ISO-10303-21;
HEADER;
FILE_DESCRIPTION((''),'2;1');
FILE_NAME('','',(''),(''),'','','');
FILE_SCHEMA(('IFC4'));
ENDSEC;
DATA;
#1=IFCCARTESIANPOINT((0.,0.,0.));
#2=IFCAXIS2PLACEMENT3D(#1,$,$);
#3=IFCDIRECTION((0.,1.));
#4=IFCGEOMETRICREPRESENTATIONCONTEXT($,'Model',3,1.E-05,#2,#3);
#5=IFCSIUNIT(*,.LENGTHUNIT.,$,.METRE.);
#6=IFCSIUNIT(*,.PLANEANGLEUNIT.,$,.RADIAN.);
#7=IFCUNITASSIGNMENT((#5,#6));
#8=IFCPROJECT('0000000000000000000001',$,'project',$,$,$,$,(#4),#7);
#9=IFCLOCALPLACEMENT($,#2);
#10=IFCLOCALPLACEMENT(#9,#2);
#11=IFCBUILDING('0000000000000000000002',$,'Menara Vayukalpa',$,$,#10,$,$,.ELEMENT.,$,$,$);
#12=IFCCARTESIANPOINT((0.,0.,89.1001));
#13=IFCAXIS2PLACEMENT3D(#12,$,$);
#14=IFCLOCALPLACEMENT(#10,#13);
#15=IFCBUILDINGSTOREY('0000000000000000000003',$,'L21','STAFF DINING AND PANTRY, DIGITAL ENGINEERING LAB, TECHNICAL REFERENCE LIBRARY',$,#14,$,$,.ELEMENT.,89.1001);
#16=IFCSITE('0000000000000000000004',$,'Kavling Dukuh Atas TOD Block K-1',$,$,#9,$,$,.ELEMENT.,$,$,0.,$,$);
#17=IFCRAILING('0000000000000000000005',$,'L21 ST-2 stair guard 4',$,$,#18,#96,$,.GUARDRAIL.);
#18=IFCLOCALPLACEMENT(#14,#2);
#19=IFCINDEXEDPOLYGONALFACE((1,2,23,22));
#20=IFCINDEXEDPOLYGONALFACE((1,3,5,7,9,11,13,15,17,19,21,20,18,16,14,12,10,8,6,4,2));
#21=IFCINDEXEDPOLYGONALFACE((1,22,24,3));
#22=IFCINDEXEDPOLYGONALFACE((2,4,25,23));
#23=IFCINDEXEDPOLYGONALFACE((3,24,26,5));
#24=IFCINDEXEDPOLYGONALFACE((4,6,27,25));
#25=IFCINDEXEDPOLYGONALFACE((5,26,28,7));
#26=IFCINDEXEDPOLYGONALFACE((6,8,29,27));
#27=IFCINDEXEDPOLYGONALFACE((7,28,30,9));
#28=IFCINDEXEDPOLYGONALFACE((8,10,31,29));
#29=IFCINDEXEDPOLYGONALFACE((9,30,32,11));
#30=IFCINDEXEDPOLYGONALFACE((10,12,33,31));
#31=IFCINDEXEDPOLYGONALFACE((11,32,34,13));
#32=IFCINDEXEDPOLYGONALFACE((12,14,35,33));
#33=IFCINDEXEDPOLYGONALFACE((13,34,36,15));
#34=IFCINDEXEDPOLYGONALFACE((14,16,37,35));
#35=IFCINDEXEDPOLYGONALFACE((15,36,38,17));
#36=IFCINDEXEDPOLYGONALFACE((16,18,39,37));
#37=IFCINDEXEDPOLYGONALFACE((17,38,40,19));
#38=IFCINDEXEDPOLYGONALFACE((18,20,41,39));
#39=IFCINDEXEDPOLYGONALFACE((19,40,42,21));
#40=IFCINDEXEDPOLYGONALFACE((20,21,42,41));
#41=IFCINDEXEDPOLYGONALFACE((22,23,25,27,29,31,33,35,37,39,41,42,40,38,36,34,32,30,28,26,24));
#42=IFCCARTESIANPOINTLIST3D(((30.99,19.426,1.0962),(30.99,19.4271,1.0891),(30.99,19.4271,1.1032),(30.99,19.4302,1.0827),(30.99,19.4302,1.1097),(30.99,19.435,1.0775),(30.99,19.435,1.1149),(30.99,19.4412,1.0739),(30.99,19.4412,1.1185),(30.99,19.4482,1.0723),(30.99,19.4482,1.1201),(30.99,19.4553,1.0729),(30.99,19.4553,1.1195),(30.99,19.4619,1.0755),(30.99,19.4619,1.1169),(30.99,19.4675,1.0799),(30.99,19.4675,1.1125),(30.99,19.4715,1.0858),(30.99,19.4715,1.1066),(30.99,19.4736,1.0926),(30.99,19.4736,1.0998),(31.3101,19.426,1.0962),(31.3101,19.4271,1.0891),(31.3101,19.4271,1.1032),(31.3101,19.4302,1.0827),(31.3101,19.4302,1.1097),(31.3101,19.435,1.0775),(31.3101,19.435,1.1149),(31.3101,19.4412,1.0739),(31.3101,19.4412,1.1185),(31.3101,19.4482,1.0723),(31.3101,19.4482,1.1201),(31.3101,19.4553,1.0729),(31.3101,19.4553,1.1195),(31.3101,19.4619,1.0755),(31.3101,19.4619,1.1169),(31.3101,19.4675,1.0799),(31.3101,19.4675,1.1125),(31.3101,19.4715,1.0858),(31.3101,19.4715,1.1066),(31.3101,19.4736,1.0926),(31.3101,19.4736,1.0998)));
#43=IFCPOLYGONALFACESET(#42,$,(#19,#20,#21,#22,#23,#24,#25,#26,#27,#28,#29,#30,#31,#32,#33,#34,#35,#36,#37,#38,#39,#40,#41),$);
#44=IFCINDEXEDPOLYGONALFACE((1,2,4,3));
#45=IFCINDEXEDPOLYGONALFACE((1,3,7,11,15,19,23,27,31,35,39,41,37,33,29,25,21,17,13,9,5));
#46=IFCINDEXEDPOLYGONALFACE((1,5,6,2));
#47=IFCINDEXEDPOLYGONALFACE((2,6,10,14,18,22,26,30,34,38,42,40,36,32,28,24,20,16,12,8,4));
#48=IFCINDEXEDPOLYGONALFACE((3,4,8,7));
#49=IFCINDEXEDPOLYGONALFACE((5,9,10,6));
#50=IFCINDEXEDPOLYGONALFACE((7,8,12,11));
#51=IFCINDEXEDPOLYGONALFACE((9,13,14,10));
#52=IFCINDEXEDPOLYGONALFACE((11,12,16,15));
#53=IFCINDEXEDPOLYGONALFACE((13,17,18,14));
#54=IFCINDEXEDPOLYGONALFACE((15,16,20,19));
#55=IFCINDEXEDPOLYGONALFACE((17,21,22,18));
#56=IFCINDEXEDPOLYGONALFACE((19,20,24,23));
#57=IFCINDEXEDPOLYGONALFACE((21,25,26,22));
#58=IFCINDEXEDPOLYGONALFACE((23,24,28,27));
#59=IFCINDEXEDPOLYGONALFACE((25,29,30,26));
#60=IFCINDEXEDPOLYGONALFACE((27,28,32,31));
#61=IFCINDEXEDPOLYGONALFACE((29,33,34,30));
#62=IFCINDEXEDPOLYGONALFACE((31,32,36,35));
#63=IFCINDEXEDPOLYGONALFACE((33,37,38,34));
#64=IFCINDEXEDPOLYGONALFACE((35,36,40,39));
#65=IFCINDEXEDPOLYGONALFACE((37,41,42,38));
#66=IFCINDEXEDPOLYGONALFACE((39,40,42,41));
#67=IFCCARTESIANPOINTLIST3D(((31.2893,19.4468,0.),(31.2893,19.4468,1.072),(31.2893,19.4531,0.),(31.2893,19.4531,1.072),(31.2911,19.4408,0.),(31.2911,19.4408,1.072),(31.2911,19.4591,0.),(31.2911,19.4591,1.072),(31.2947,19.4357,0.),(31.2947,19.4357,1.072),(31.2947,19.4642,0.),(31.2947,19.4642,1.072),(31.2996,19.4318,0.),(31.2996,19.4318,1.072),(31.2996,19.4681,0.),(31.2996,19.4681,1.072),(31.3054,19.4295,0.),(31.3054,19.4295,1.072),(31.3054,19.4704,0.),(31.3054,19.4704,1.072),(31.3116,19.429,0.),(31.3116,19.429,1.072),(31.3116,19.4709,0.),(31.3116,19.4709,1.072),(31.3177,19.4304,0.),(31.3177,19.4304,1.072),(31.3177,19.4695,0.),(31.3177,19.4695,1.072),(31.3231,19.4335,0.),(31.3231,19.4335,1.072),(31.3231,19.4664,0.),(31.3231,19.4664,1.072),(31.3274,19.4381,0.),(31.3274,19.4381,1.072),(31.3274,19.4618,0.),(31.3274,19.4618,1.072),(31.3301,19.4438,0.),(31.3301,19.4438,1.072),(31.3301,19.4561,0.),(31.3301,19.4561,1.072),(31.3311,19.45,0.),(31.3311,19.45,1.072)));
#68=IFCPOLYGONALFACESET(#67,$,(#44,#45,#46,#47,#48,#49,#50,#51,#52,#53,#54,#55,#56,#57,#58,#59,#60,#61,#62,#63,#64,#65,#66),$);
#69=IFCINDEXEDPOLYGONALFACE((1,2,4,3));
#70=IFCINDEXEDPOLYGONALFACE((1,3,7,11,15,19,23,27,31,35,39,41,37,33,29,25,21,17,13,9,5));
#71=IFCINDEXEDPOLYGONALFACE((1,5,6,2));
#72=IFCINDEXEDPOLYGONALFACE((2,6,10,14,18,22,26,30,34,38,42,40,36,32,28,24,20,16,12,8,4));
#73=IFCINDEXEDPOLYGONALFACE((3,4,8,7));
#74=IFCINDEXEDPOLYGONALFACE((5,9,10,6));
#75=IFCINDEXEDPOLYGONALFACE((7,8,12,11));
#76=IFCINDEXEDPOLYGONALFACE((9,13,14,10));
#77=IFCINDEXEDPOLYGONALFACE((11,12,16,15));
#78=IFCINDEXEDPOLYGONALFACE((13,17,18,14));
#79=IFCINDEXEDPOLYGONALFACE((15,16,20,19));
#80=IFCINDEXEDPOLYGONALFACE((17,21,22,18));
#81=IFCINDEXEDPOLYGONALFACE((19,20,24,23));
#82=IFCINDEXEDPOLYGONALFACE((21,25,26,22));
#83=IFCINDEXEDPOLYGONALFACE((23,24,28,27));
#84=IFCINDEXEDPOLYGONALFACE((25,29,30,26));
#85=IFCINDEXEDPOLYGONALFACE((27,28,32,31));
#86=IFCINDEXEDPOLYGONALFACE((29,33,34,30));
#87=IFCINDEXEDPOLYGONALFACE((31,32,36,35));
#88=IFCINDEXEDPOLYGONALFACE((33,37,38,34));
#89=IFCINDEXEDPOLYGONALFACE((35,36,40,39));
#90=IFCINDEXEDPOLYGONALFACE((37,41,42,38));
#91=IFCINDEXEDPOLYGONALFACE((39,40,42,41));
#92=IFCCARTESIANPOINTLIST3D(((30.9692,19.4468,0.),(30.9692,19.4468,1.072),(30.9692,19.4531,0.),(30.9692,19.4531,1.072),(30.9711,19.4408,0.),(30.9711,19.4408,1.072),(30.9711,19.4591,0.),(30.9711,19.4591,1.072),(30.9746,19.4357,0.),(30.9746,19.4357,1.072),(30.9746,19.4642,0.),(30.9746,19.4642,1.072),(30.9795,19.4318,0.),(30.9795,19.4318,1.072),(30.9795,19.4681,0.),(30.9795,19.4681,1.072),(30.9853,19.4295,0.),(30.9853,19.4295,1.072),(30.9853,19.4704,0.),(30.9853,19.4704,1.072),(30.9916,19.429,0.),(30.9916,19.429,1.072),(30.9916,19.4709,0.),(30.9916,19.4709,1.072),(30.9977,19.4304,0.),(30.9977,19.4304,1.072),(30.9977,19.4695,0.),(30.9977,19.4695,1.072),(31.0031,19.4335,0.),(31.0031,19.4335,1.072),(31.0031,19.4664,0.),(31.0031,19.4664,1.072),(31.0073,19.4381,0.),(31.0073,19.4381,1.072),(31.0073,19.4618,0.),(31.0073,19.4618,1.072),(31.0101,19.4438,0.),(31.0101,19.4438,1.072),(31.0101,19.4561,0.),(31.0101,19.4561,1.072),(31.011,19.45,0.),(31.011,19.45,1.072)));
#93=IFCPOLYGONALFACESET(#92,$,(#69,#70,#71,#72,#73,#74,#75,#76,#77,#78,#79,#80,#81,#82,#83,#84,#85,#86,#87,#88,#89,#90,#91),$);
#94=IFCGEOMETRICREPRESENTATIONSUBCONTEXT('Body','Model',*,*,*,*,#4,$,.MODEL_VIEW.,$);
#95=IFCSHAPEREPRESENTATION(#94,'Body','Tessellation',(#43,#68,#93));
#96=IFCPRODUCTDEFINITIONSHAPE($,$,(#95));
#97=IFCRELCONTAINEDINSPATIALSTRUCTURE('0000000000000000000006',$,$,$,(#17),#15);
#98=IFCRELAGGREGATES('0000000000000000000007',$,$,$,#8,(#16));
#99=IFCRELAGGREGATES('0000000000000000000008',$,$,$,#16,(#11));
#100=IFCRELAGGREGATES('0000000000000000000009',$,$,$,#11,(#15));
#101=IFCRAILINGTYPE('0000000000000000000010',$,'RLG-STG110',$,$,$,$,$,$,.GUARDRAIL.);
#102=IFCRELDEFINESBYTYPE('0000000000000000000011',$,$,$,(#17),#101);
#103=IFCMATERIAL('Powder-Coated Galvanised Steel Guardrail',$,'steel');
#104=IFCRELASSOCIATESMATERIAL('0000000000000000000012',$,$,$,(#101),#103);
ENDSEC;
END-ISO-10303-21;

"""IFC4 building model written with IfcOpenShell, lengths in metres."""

from ifc_helpers import new_model, si_unit, direction, frame, origin, origin_2d, place, context, subcontext, project, spatial, circle, extrude, material, type_object, element, save


model = new_model("IFC4")

# Units and contexts
model_context = context("Model", 3, precision=1e-05, world=origin(), true_north=direction((0.0, 1.0)))
body_context = subcontext(model_context, "Body", "Model", "MODEL_VIEW")
ifc_project = project(units=[si_unit("LENGTHUNIT", "METRE"), si_unit("PLANEANGLEUNIT", "RADIAN")], contexts=[model_context])

# Site, building, storey
site_placement = place(None, origin())
site = spatial("IfcSite", under=ifc_project, at=site_placement, Name="Kavling Dukuh Atas TOD Block K-1", CompositionType="ELEMENT", RefElevation=0.0)
building_placement = place(site_placement, origin())
building = spatial("IfcBuilding", under=site, at=building_placement, Name="Menara Vayukalpa", CompositionType="ELEMENT")
storey_placement = place(building_placement, frame((0.0, 0.0, 89.1001)))
storey = spatial("IfcBuildingStorey", under=building, at=storey_placement, Name="L21", Description="STAFF DINING AND PANTRY, DIGITAL ENGINEERING LAB, TECHNICAL REFERENCE LIBRARY", CompositionType="ELEMENT", Elevation=89.1001)

# Railing
ifc_material_1 = material(Name="Powder-Coated Galvanised Steel Guardrail", Category="steel")
railing_type_1 = type_object("IfcRailingType", Name="RLG-STG110", PredefinedType="GUARDRAIL", material=ifc_material_1)
railing_1_placement = place(storey_placement, frame((31.3101, 19.45, 0.0)))
element("IfcRailing", 1, at=railing_1_placement, inside=storey, type_object=railing_type_1, Name="L21 ST-2 stair guard 4", PredefinedType="GUARDRAIL", context=body_context, shape_type="SweptSolid", body=[
    extrude(circle(Radius=0.0239, at=origin_2d()), frame((0.0, 0.0, 1.0962), z_axis=(-1.0, 0.0, 0.0), x_axis=(0.0, -1.0, 0.0)), (0.0, 0.0, 1.0), 0.3201),
    extrude(circle(Radius=0.021, at=origin_2d()), origin(), (0.0, 0.0, 1.0), 1.072),
    extrude(circle(Radius=0.021, at=origin_2d()), frame((-0.3201, 0.0, 0.0)), (0.0, 0.0, 1.0), 1.072),
])

save(model, "model.ifc")
